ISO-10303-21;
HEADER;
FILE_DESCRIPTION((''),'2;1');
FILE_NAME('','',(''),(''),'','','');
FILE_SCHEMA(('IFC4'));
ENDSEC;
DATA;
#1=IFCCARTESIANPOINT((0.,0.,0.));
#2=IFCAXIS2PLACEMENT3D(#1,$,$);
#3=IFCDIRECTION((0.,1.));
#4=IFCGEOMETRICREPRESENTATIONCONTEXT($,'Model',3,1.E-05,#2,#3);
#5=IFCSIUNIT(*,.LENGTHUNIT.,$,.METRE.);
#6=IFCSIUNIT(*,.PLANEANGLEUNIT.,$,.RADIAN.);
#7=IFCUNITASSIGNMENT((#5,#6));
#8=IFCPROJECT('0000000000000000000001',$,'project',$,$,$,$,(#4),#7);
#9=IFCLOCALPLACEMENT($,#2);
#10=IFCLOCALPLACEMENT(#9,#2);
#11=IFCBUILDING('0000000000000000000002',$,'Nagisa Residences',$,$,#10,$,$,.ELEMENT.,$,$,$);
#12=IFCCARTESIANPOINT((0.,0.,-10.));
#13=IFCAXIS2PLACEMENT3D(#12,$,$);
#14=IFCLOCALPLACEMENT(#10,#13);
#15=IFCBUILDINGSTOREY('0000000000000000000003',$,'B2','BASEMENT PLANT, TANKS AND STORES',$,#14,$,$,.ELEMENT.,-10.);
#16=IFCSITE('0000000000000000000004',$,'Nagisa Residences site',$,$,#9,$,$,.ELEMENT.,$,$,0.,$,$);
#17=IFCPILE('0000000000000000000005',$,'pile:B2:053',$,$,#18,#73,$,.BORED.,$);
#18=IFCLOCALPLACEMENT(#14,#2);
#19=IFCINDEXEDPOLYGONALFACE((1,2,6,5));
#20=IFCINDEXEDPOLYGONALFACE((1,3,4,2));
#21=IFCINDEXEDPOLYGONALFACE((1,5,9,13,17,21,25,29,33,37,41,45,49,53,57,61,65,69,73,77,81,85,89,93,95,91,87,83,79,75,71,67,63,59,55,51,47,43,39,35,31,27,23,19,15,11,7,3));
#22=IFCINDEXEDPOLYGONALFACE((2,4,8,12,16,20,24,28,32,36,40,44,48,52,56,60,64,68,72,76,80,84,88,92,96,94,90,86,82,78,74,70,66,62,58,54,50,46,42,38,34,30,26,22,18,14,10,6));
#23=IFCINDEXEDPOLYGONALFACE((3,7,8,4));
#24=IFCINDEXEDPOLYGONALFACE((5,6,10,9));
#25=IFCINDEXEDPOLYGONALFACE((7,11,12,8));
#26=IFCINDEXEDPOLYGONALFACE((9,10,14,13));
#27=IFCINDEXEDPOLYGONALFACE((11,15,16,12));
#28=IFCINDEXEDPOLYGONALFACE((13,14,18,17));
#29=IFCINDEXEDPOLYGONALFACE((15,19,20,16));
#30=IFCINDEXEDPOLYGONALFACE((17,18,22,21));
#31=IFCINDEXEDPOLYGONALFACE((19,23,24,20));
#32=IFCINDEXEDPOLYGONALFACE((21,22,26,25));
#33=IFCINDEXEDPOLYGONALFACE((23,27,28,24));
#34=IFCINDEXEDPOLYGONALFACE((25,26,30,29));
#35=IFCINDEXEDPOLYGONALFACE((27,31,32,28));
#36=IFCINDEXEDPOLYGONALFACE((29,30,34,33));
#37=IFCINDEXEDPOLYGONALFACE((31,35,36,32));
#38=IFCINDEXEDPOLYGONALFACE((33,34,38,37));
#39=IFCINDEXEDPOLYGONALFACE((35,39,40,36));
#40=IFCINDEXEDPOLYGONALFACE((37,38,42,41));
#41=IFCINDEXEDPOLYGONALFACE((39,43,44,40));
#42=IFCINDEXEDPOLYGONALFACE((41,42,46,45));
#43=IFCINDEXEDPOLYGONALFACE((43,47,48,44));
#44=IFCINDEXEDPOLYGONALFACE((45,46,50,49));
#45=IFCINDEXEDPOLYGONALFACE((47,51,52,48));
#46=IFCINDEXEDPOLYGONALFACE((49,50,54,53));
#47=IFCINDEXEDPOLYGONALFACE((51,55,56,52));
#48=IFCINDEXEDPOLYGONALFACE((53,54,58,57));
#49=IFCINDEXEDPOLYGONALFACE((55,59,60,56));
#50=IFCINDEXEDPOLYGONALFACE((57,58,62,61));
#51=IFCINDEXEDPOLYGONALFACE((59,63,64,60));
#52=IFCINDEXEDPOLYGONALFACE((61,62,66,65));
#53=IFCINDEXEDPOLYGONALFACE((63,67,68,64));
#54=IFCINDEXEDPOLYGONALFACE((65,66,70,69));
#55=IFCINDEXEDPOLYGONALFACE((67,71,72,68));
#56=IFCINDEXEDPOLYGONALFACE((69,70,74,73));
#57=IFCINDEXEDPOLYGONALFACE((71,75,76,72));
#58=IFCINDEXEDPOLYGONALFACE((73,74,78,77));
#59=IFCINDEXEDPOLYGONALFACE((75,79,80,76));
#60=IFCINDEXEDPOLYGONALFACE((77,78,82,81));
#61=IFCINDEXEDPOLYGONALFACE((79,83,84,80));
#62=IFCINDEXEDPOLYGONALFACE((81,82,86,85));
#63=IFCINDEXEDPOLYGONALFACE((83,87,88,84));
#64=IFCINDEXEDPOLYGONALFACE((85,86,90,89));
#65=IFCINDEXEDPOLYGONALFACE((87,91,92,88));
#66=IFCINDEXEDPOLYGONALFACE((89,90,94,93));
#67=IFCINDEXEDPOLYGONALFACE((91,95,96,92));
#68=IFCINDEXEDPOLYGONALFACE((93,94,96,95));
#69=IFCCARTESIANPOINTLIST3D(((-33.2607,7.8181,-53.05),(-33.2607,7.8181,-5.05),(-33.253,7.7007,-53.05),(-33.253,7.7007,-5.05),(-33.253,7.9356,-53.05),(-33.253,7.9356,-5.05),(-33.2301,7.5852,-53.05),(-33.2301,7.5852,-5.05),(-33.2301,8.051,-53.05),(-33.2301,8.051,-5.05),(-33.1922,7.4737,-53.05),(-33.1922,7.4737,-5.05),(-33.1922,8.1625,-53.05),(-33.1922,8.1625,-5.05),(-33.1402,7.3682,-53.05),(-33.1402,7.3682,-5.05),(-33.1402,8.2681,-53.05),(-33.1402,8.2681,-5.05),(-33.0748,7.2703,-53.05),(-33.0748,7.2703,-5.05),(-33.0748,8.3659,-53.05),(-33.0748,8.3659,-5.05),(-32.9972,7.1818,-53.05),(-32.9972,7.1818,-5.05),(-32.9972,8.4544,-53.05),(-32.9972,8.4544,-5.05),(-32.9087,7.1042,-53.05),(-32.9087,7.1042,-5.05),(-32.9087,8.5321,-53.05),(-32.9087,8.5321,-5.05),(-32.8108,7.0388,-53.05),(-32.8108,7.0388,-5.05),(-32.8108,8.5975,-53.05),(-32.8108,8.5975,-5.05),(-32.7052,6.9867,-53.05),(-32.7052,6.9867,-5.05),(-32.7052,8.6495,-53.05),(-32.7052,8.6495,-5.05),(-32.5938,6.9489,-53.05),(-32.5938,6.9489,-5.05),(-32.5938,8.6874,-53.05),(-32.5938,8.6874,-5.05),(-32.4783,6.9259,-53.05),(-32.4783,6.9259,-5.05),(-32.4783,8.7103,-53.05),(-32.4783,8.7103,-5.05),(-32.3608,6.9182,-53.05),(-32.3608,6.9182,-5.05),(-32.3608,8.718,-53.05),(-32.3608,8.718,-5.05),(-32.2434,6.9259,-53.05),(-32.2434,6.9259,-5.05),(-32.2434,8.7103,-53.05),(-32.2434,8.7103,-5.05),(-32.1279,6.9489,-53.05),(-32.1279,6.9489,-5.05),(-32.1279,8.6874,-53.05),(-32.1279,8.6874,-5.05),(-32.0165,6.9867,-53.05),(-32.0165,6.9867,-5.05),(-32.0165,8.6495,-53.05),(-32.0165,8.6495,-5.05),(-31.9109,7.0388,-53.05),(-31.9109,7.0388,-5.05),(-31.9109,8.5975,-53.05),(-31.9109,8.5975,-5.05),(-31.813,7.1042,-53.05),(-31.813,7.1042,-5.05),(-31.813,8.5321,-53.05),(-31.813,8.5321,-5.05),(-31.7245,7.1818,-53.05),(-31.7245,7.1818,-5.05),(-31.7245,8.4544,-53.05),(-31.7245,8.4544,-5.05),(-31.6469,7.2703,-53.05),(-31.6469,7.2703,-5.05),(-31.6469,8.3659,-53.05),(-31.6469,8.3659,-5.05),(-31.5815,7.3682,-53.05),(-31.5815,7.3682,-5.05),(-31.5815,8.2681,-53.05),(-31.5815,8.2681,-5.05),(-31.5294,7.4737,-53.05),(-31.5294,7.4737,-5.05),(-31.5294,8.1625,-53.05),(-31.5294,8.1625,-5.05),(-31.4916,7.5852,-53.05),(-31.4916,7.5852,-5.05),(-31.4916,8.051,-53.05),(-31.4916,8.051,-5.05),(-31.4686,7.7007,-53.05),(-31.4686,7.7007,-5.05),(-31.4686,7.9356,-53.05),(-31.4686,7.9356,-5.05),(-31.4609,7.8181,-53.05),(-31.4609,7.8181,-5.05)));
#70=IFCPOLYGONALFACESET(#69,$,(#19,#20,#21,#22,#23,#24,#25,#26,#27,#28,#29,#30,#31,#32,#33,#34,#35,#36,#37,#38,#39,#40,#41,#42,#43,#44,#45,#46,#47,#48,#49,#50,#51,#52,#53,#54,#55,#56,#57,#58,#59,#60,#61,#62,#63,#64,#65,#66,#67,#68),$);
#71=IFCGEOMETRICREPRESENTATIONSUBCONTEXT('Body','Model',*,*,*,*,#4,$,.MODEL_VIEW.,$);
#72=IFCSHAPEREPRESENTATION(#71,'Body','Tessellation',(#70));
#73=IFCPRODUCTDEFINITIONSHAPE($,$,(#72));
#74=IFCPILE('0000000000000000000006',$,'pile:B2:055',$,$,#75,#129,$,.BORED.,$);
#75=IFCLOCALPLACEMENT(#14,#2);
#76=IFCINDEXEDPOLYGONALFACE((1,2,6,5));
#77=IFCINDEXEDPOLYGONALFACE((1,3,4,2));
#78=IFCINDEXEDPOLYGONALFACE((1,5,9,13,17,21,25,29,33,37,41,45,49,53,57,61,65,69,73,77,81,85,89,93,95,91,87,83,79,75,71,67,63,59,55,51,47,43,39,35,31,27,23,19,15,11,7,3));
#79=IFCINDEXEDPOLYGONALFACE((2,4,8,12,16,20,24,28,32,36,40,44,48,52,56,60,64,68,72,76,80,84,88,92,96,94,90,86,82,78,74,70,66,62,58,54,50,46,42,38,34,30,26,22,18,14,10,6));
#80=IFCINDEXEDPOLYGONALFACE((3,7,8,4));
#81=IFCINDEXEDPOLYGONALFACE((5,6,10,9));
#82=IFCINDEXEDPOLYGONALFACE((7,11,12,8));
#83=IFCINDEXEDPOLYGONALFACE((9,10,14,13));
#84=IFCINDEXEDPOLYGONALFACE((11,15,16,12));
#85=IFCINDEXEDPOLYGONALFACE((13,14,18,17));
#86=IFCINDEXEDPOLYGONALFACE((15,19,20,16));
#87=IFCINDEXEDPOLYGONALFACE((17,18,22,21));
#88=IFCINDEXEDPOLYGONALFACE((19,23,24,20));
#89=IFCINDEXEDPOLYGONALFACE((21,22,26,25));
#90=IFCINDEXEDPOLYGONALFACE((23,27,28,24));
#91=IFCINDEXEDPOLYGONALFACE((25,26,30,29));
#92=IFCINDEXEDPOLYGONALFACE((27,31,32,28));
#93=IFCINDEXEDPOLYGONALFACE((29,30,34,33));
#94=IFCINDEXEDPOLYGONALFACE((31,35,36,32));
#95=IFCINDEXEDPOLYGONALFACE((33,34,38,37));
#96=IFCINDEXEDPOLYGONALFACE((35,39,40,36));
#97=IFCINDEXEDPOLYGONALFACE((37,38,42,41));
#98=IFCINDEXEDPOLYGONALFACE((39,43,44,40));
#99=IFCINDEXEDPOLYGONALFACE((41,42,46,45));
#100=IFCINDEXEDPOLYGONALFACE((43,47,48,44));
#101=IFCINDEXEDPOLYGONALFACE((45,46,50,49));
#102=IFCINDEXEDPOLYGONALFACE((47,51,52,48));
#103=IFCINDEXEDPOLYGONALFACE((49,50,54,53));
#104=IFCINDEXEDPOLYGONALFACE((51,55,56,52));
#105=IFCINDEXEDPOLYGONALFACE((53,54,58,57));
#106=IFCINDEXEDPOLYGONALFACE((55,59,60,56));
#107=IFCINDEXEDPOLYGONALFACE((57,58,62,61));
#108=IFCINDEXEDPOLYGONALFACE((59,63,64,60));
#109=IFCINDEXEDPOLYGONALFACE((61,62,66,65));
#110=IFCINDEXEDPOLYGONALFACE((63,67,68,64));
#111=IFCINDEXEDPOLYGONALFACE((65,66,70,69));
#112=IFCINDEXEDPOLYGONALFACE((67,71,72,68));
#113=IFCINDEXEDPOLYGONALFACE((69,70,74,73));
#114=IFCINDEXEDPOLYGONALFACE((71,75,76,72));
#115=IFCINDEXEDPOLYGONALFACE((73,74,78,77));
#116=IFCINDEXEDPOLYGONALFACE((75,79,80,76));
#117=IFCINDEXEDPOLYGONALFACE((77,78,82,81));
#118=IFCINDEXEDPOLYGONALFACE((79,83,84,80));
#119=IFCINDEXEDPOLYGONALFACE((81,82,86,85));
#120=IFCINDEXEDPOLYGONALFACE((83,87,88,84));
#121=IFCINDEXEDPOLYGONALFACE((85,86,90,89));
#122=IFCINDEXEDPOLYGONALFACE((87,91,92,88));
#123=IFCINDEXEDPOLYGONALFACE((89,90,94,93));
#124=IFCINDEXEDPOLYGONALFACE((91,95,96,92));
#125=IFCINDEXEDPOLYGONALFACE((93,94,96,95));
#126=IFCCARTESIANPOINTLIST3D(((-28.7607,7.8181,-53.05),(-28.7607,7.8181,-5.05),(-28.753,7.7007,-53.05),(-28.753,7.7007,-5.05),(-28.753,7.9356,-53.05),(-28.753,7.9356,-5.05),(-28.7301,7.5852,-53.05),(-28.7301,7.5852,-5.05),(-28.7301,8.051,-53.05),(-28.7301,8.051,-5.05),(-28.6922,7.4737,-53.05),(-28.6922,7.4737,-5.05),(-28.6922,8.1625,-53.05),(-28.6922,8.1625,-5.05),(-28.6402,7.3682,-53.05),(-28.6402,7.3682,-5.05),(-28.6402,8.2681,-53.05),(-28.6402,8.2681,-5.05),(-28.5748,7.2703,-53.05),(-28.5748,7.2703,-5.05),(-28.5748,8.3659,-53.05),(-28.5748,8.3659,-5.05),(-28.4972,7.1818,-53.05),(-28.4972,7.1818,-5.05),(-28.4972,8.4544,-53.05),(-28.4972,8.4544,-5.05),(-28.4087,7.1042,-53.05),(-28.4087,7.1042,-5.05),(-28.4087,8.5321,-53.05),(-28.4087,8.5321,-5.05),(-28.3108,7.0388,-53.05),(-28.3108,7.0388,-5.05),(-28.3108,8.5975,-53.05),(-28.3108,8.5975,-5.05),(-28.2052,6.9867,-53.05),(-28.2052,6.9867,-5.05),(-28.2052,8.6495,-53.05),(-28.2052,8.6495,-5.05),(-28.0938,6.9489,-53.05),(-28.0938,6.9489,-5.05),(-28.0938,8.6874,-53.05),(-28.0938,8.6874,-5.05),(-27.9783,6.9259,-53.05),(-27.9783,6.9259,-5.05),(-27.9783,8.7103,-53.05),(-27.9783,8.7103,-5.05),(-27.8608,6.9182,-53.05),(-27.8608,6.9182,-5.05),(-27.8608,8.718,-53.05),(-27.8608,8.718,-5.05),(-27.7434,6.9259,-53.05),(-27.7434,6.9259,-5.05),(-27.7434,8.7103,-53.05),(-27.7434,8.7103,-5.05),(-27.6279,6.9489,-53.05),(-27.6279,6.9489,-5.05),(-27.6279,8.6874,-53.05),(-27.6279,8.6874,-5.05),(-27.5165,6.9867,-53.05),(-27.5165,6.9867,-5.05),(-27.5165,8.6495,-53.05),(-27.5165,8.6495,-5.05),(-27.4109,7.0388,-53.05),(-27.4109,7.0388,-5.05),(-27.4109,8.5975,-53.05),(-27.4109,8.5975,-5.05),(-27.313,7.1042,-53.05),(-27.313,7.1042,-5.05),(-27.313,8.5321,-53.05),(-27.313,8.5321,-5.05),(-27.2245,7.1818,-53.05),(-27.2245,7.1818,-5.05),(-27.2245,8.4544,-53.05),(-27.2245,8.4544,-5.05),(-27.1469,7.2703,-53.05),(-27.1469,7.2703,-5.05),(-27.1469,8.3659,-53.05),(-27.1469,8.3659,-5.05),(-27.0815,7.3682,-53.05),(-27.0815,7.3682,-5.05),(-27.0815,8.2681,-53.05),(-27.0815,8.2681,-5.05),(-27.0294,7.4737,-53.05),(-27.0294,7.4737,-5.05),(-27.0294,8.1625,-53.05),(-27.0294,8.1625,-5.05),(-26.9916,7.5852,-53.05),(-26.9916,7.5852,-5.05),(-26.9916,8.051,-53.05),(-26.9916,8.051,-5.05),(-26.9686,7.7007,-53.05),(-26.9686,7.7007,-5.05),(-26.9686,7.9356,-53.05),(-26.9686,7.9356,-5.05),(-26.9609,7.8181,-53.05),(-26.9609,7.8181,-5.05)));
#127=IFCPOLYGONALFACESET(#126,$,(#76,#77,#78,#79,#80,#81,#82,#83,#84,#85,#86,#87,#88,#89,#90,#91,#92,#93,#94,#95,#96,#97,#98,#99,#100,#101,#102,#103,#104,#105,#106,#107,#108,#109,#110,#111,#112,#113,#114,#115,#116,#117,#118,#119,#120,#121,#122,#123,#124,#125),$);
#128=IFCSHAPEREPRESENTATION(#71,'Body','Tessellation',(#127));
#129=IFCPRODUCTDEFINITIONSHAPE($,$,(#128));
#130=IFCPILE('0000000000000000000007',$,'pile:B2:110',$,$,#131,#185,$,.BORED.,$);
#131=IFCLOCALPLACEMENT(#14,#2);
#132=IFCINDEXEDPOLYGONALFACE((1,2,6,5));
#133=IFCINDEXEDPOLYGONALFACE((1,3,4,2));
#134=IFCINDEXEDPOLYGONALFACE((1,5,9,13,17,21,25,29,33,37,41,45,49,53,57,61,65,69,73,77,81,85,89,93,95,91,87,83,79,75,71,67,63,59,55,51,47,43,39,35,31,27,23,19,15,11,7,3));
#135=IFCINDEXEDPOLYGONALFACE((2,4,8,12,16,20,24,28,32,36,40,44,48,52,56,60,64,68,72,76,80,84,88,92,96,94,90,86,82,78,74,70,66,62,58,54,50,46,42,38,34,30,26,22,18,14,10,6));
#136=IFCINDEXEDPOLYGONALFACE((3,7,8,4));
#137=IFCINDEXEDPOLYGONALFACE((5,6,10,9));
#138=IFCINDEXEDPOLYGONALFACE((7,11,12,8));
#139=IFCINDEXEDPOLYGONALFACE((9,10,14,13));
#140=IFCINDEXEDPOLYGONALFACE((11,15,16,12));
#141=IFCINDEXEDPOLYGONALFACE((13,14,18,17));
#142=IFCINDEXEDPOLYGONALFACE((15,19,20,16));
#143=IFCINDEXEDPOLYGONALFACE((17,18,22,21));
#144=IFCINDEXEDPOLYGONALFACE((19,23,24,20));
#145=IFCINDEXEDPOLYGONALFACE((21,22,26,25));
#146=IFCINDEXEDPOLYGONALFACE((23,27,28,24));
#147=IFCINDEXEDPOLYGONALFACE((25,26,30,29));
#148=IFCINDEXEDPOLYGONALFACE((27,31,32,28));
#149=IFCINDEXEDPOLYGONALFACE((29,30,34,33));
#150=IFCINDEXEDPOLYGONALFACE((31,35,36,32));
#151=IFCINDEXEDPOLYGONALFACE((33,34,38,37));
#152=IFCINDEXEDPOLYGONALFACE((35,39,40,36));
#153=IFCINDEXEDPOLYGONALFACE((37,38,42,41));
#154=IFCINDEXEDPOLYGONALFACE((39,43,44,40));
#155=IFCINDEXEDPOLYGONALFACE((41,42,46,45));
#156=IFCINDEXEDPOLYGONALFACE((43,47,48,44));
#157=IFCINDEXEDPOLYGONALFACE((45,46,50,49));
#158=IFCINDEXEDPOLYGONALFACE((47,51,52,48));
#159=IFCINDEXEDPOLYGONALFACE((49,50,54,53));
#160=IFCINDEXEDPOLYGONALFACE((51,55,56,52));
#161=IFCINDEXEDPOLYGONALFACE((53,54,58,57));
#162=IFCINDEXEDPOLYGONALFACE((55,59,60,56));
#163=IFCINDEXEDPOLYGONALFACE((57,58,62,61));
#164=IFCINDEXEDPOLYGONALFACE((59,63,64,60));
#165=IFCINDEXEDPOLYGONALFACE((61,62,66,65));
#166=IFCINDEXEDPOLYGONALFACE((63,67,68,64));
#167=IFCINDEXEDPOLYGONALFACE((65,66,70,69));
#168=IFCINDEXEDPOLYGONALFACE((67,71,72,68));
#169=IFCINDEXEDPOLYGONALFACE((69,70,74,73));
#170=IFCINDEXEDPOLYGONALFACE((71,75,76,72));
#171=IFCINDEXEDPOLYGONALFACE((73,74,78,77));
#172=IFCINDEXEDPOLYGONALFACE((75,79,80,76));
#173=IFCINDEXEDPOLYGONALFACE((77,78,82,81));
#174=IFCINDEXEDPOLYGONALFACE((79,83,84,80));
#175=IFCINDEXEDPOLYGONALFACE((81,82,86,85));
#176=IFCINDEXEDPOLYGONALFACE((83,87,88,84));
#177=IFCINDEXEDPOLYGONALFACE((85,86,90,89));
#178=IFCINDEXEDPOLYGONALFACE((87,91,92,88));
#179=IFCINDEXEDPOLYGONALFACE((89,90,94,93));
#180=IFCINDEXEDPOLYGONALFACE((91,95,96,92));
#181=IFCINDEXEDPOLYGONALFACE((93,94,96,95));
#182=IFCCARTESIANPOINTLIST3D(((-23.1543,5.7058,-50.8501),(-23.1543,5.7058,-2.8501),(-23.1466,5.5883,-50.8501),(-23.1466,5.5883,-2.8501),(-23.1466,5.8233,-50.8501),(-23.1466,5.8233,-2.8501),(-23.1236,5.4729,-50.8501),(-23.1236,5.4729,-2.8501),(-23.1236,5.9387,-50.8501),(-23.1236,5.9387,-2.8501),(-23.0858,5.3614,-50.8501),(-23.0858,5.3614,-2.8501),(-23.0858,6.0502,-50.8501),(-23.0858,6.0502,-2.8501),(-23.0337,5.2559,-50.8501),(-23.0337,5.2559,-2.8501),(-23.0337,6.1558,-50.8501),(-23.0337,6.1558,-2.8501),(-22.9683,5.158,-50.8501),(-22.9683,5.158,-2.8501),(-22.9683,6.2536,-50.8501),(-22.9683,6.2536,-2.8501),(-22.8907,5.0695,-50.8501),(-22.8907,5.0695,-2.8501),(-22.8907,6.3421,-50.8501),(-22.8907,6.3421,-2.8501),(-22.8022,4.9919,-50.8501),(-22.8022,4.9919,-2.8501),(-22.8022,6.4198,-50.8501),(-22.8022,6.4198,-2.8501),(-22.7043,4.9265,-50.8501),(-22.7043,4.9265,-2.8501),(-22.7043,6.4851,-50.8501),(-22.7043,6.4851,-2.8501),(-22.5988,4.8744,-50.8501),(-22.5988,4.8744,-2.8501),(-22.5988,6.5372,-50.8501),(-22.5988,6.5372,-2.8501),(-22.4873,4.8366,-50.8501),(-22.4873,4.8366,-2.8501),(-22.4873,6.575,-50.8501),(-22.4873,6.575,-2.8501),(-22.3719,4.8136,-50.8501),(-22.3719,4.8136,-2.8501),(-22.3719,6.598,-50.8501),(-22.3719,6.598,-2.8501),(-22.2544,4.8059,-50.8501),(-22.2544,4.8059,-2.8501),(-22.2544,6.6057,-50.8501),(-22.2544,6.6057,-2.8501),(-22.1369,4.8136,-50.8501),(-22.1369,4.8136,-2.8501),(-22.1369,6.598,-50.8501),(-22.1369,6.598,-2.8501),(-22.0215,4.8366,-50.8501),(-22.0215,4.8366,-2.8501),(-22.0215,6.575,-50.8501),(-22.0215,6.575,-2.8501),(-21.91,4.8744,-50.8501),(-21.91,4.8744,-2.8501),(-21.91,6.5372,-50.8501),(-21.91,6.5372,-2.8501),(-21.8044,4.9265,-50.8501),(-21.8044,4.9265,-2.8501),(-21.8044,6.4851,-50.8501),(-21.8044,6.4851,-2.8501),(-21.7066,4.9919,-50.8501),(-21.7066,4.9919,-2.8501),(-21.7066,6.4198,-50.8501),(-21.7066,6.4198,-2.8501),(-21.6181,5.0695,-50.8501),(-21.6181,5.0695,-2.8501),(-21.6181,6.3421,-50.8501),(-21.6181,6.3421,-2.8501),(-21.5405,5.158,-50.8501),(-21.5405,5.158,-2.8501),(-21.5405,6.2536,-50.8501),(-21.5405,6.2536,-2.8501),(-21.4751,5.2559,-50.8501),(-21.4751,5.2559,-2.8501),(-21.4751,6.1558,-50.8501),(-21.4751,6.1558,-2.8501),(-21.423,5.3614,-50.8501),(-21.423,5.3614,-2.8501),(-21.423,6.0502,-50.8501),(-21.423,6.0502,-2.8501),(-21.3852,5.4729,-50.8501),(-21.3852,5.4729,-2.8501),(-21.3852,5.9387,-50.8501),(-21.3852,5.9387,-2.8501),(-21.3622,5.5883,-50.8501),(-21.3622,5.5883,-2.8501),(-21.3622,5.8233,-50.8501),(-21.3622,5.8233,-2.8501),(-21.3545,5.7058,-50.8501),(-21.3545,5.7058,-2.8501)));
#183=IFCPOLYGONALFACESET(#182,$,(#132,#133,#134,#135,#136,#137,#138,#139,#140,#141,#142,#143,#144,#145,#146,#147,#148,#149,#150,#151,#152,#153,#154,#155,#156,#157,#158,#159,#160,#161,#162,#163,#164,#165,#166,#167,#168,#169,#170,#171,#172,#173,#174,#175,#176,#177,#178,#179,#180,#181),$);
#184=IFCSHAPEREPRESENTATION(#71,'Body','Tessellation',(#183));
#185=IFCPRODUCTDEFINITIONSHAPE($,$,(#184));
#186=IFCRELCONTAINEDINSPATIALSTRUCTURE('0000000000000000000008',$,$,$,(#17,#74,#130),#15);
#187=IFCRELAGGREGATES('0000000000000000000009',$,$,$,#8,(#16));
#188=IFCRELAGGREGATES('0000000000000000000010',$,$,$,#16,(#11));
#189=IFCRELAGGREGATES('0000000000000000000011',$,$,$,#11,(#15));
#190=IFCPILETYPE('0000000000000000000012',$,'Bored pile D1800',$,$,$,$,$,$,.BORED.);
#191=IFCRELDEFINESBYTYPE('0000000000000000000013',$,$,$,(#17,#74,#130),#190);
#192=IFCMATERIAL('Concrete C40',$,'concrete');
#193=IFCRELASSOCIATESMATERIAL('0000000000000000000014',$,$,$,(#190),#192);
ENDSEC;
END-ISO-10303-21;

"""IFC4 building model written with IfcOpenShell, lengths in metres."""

from ifc_helpers import new_model, si_unit, direction, frame, origin, origin_2d, place, context, subcontext, project, spatial, circle, extrude, material, material_profile, profile_set, type_object, element, save


model = new_model("IFC4")

# Units and contexts
model_context = context("Model", 3, precision=1e-05, world=origin(), true_north=direction((0.0, 1.0)))
body_context = subcontext(model_context, "Body", "Model", "MODEL_VIEW")
ifc_project = project(units=[si_unit("LENGTHUNIT", "METRE"), si_unit("PLANEANGLEUNIT", "RADIAN")], contexts=[model_context])

# Site, building, storey
site_placement = place(None, origin())
site = spatial("IfcSite", under=ifc_project, at=site_placement, Name="Nagisa Residences site", CompositionType="ELEMENT", RefElevation=0.0)
building_placement = place(site_placement, origin())
building = spatial("IfcBuilding", under=site, at=building_placement, Name="Nagisa Residences", CompositionType="ELEMENT")
storey_placement = place(building_placement, frame((0.0, 0.0, -10.0)))
storey = spatial("IfcBuildingStorey", under=building, at=storey_placement, Name="B2", Description="BASEMENT PLANT, TANKS AND STORES", CompositionType="ELEMENT", Elevation=-10.0)

# Piles
ifc_material_1 = material(Name="Concrete C40", Category="concrete")
ifc_material_profile_1 = material_profile(ifc_material_1, circle(Radius=0.8999, at=origin_2d()), Name="Bored pile D1800")
ifc_profile_set_1 = profile_set([ifc_material_profile_1], Name="Concrete C40")
pile_type = type_object("IfcPileType", Name="Bored pile D1800", PredefinedType="BORED", material=ifc_profile_set_1)
for number, where, z_axis, x_axis, name in (
    (1, (-32.3608, 7.8181, -5.05), (0.0, 0.0, -1.0), (1.0, 0.0, 0.0), "pile:B2:053"),
    (2, (-27.8608, 7.8181, -5.05), (0.0, 0.0, -1.0), (1.0, 0.0, 0.0), "pile:B2:055"),
    (3, (-22.2544, 5.7058, -2.8501), (0.0, 0.0, -1.0), (1.0, 0.0, 0.0), "pile:B2:110"),
):
    element("IfcPile", number, at=place(storey_placement, frame(where, z_axis=z_axis, x_axis=x_axis)), inside=storey, type_object=pile_type, Name=name, PredefinedType="BORED", context=body_context, shape_type="SweptSolid", body=[
        extrude(circle(Radius=0.8999, at=origin_2d()), origin(), (0.0, 0.0, 1.0), 48.0),
    ])

save(model, "model.ifc")
